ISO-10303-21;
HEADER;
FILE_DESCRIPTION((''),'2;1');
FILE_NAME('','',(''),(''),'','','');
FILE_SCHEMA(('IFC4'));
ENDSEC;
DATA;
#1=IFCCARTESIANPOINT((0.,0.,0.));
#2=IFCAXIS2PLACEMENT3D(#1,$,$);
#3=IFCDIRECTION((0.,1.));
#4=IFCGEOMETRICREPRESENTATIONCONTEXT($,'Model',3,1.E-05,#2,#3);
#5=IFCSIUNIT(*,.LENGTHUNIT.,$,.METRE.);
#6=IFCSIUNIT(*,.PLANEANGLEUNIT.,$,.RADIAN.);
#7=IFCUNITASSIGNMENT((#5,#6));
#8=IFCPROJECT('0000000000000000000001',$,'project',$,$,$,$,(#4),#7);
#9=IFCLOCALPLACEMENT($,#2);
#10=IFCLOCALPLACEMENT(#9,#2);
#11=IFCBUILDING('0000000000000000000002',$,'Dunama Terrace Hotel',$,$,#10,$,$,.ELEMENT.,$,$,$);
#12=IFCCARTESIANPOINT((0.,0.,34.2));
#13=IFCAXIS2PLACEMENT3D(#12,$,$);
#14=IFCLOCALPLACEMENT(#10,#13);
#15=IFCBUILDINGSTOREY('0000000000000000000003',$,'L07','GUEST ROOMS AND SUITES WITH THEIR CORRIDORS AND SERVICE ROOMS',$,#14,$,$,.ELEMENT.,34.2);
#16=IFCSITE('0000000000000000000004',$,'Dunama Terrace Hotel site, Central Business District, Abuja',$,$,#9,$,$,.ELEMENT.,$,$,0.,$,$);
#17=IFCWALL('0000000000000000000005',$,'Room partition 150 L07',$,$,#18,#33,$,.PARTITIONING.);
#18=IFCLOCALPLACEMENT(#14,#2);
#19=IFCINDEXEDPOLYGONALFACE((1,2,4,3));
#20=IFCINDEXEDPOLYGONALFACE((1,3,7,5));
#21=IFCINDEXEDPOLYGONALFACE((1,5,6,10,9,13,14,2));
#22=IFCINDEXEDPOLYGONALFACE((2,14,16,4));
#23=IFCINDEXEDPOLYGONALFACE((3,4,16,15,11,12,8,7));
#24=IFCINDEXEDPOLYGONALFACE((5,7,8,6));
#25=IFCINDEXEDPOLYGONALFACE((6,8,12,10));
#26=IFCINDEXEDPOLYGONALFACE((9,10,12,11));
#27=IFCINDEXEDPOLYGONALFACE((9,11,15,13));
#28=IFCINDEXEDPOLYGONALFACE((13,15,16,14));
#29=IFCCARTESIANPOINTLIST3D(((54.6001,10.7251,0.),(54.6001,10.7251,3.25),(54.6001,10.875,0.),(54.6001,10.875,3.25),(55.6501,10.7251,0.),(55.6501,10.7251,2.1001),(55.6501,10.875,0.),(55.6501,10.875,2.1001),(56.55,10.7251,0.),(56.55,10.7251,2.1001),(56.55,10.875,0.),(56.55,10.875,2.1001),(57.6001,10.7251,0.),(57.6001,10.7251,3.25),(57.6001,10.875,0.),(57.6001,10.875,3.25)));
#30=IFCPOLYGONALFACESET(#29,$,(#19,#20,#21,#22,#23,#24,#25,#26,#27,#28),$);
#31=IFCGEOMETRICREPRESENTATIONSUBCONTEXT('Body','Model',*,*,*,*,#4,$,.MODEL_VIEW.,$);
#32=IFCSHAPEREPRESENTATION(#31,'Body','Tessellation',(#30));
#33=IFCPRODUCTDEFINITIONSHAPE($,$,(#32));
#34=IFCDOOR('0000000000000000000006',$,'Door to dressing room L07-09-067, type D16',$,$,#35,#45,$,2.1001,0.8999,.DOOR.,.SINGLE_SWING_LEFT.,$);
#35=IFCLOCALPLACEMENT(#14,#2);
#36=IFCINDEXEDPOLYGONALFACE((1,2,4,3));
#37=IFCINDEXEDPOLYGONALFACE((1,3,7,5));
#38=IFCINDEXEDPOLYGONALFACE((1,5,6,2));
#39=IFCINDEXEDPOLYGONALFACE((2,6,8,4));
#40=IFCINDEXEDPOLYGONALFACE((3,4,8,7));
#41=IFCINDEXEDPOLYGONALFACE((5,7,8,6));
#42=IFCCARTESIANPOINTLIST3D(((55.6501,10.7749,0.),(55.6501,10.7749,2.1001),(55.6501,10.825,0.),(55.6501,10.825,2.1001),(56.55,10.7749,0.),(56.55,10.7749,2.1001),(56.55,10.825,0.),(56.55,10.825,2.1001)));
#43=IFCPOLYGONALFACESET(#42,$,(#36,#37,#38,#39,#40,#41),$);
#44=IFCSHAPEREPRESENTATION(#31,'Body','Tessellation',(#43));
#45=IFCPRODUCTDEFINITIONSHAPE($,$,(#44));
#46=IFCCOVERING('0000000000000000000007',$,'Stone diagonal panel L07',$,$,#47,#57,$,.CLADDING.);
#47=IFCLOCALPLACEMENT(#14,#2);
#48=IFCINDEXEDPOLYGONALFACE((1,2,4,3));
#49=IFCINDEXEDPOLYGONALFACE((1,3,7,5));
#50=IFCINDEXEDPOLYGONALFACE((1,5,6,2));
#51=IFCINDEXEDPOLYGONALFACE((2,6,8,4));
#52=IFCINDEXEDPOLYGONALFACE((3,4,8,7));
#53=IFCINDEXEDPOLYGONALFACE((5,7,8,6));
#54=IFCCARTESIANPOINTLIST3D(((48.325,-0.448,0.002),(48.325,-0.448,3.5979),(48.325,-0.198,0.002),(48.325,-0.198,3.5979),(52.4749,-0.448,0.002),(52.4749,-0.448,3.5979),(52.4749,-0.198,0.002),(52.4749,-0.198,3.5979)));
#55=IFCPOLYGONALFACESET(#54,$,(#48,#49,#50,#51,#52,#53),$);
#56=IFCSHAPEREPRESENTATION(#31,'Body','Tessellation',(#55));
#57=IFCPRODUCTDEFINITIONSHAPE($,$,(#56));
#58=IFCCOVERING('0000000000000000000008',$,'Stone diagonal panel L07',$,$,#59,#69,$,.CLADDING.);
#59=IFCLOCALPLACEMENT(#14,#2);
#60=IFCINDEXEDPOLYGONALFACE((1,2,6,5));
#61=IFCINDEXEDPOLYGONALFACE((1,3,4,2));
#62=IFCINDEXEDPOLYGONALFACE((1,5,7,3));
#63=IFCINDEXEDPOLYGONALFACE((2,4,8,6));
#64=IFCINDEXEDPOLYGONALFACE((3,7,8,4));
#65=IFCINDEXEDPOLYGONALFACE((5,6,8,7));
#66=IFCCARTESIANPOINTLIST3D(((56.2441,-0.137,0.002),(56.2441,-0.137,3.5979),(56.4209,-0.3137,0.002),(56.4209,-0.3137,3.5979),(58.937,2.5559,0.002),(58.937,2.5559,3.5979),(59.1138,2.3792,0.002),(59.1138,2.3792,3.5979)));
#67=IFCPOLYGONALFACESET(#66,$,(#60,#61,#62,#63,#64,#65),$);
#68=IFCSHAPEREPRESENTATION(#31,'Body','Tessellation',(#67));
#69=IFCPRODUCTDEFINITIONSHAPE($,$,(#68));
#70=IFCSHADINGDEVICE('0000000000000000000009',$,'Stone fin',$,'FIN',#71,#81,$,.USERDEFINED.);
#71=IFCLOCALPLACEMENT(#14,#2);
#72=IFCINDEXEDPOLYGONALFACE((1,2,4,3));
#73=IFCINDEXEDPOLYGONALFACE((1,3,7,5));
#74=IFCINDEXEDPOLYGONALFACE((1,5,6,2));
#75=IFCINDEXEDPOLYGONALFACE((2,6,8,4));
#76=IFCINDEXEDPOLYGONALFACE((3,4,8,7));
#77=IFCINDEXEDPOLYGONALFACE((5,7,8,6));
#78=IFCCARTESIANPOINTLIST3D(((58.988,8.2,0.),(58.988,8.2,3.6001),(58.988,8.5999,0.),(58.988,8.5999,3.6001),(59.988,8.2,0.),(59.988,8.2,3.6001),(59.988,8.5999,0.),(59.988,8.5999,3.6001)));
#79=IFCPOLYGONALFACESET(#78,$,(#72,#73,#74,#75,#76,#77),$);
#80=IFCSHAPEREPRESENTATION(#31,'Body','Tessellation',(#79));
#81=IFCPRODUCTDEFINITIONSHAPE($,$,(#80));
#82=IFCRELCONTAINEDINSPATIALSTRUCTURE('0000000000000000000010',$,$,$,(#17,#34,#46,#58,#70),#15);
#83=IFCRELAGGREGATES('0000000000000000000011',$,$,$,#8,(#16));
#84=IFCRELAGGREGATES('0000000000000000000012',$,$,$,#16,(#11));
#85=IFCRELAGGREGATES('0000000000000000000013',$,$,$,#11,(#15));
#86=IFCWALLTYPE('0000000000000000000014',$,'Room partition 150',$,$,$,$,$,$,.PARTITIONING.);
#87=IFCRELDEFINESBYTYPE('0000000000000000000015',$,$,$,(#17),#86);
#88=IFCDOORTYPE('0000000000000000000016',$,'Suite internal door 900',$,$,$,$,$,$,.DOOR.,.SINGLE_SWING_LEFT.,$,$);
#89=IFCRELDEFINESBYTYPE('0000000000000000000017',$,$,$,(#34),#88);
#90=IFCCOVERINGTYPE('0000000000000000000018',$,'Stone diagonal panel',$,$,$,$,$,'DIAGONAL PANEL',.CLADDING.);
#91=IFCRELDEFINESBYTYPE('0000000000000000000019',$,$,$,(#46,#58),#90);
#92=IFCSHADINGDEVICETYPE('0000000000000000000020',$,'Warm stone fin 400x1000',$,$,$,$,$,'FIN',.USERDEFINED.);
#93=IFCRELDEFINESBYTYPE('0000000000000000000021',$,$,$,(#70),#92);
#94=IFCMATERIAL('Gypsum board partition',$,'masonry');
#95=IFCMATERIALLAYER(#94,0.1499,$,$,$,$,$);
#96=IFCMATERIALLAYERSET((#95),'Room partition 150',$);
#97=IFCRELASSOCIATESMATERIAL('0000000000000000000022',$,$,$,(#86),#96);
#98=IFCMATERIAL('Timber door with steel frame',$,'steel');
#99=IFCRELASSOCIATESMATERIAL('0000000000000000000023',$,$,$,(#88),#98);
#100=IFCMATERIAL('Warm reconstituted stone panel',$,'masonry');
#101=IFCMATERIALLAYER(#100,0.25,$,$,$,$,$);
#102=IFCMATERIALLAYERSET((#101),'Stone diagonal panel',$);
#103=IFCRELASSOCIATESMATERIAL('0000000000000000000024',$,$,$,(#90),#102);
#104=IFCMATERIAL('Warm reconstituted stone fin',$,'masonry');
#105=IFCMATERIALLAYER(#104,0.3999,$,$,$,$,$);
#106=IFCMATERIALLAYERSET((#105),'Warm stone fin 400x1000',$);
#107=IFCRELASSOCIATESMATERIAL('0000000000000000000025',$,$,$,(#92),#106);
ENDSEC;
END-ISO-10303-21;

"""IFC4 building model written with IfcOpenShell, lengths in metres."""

from ifc_helpers import new_model, si_unit, direction, frame, frame_2d, origin, origin_2d, place, context, subcontext, project, spatial, rectangle, extrude, material, layer, layer_set, type_object, element, fill, save


model = new_model("IFC4")

# Units and contexts
model_context = context("Model", 3, precision=1e-05, world=origin(), true_north=direction((0.0, 1.0)))
body_context = subcontext(model_context, "Body", "Model", "MODEL_VIEW")
ifc_project = project(units=[si_unit("LENGTHUNIT", "METRE"), si_unit("PLANEANGLEUNIT", "RADIAN")], contexts=[model_context])

# Site, building, storey
site_placement = place(None, origin())
site = spatial("IfcSite", under=ifc_project, at=site_placement, Name="Dunama Terrace Hotel site, Central Business District, Abuja", CompositionType="ELEMENT", RefElevation=0.0)
building_placement = place(site_placement, origin())
building = spatial("IfcBuilding", under=site, at=building_placement, Name="Dunama Terrace Hotel", CompositionType="ELEMENT")
storey_placement = place(building_placement, frame((0.0, 0.0, 34.2)))
storey = spatial("IfcBuildingStorey", under=building, at=storey_placement, Name="L07", Description="GUEST ROOMS AND SUITES WITH THEIR CORRIDORS AND SERVICE ROOMS", CompositionType="ELEMENT", Elevation=34.2)

# Shared definitions
ifc_material_1 = material(Name="Gypsum board partition", Category="masonry")
ifc_layer_1 = layer(ifc_material_1, 0.1499)
ifc_layer_set_1 = layer_set([ifc_layer_1], Name="Room partition 150")
wall_type = type_object("IfcWallType", Name="Room partition 150", PredefinedType="PARTITIONING", material=ifc_layer_set_1)
ifc_material_2 = material(Name="Timber door with steel frame", Category="steel")
door_type = type_object("IfcDoorType", Name="Suite internal door 900", OperationType="SINGLE_SWING_LEFT", PredefinedType="DOOR", material=ifc_material_2)

# Wall, opening, door
wall_1_placement = place(storey_placement, frame((54.6001, 10.8, 0.0), z_axis=(0.0, 0.0, 1.0), x_axis=(1.0, 0.0, 0.0)))
wall_1 = element("IfcWall", 1, at=wall_1_placement, inside=storey, type_object=wall_type, Name="Room partition 150 L07", PredefinedType="PARTITIONING", context=body_context, shape_type="SweptSolid", body=[
    extrude(rectangle(XDim=3.0, YDim=0.1499, at=frame_2d((1.5, 0.0))), origin(), (0.0, 0.0, 1.0), 3.25),
])
opening_1_placement = place(wall_1_placement, frame((1.05, 0.0, 0.0)))
opening_1 = element("IfcOpeningElement", 2, at=opening_1_placement, cuts=wall_1, PredefinedType="OPENING", context=body_context, shape_type="SweptSolid", body=[
    extrude(rectangle(XDim=0.8999, YDim=2.1001, at=frame_2d((0.45, 1.05))), frame((0.0, 0.085, 0.0), z_axis=(0.0, -1.0, 0.0), x_axis=(1.0, 0.0, 0.0)), (0.0, 0.0, 1.0), 0.1699),
])
door_1_placement = place(opening_1_placement, origin())
door_1 = element("IfcDoor", 3, at=door_1_placement, inside=storey, type_object=door_type, Name="Door to dressing room L07-09-067, type D16", OperationType="SINGLE_SWING_LEFT", OverallHeight=2.1001, OverallWidth=0.8999, PredefinedType="DOOR", context=body_context, shape_type="SweptSolid", body=[
    extrude(rectangle(XDim=0.8999, YDim=2.1001, at=frame_2d((0.45, 1.05))), frame((0.0, 0.0249, 0.0), z_axis=(0.0, -1.0, 0.0), x_axis=(1.0, 0.0, 0.0)), (0.0, 0.0, 1.0), 0.05),
])
fill(opening_1, door_1)

# Coverings
ifc_material_3 = material(Name="Warm reconstituted stone panel", Category="masonry")
ifc_layer_2 = layer(ifc_material_3, 0.25)
ifc_layer_set_2 = layer_set([ifc_layer_2], Name="Stone diagonal panel")
covering_type = type_object("IfcCoveringType", Name="Stone diagonal panel", ElementType="DIAGONAL PANEL", PredefinedType="CLADDING", material=ifc_layer_set_2)
covering_1_placement = place(storey_placement, frame((50.3999, -0.323, 0.002), z_axis=(0.0, 0.0, 1.0), x_axis=(1.0, 0.0, 0.0)))
element("IfcCovering", 4, at=covering_1_placement, inside=storey, type_object=covering_type, Name="Stone diagonal panel L07", PredefinedType="CLADDING", context=body_context, shape_type="SweptSolid", body=[
    extrude(rectangle(XDim=4.1499, YDim=0.25, at=origin_2d()), origin(), (0.0, 0.0, 1.0), 3.5959),
])
covering_2_placement = place(storey_placement, frame((57.679, 1.1211, 0.002), z_axis=(0.0, 0.0, 1.0), x_axis=(0.707107, 0.707107, 0.0)))
element("IfcCovering", 5, at=covering_2_placement, inside=storey, type_object=covering_type, Name="Stone diagonal panel L07", PredefinedType="CLADDING", context=body_context, shape_type="SweptSolid", body=[
    extrude(rectangle(XDim=3.8083, YDim=0.25, at=origin_2d()), origin(), (0.0, 0.0, 1.0), 3.5959),
])

# Shading device
ifc_material_4 = material(Name="Warm reconstituted stone fin", Category="masonry")
ifc_layer_3 = layer(ifc_material_4, 0.3999)
ifc_layer_set_3 = layer_set([ifc_layer_3], Name="Warm stone fin 400x1000")
shading_device_type = type_object("IfcShadingDeviceType", Name="Warm stone fin 400x1000", ElementType="FIN", PredefinedType="USERDEFINED", material=ifc_layer_set_3)
shading_device_placement = place(storey_placement, frame((59.488, 8.3999, 0.0), z_axis=(0.0, 0.0, 1.0), x_axis=(0.0, 1.0, 0.0)))
element("IfcShadingDevice", 6, at=shading_device_placement, inside=storey, type_object=shading_device_type, Name="Stone fin", ObjectType="FIN", PredefinedType="USERDEFINED", context=body_context, shape_type="SweptSolid", body=[
    extrude(rectangle(XDim=0.3999, YDim=1.0, at=origin_2d()), origin(), (0.0, 0.0, 1.0), 3.6001),
])

save(model, "model.ifc")
